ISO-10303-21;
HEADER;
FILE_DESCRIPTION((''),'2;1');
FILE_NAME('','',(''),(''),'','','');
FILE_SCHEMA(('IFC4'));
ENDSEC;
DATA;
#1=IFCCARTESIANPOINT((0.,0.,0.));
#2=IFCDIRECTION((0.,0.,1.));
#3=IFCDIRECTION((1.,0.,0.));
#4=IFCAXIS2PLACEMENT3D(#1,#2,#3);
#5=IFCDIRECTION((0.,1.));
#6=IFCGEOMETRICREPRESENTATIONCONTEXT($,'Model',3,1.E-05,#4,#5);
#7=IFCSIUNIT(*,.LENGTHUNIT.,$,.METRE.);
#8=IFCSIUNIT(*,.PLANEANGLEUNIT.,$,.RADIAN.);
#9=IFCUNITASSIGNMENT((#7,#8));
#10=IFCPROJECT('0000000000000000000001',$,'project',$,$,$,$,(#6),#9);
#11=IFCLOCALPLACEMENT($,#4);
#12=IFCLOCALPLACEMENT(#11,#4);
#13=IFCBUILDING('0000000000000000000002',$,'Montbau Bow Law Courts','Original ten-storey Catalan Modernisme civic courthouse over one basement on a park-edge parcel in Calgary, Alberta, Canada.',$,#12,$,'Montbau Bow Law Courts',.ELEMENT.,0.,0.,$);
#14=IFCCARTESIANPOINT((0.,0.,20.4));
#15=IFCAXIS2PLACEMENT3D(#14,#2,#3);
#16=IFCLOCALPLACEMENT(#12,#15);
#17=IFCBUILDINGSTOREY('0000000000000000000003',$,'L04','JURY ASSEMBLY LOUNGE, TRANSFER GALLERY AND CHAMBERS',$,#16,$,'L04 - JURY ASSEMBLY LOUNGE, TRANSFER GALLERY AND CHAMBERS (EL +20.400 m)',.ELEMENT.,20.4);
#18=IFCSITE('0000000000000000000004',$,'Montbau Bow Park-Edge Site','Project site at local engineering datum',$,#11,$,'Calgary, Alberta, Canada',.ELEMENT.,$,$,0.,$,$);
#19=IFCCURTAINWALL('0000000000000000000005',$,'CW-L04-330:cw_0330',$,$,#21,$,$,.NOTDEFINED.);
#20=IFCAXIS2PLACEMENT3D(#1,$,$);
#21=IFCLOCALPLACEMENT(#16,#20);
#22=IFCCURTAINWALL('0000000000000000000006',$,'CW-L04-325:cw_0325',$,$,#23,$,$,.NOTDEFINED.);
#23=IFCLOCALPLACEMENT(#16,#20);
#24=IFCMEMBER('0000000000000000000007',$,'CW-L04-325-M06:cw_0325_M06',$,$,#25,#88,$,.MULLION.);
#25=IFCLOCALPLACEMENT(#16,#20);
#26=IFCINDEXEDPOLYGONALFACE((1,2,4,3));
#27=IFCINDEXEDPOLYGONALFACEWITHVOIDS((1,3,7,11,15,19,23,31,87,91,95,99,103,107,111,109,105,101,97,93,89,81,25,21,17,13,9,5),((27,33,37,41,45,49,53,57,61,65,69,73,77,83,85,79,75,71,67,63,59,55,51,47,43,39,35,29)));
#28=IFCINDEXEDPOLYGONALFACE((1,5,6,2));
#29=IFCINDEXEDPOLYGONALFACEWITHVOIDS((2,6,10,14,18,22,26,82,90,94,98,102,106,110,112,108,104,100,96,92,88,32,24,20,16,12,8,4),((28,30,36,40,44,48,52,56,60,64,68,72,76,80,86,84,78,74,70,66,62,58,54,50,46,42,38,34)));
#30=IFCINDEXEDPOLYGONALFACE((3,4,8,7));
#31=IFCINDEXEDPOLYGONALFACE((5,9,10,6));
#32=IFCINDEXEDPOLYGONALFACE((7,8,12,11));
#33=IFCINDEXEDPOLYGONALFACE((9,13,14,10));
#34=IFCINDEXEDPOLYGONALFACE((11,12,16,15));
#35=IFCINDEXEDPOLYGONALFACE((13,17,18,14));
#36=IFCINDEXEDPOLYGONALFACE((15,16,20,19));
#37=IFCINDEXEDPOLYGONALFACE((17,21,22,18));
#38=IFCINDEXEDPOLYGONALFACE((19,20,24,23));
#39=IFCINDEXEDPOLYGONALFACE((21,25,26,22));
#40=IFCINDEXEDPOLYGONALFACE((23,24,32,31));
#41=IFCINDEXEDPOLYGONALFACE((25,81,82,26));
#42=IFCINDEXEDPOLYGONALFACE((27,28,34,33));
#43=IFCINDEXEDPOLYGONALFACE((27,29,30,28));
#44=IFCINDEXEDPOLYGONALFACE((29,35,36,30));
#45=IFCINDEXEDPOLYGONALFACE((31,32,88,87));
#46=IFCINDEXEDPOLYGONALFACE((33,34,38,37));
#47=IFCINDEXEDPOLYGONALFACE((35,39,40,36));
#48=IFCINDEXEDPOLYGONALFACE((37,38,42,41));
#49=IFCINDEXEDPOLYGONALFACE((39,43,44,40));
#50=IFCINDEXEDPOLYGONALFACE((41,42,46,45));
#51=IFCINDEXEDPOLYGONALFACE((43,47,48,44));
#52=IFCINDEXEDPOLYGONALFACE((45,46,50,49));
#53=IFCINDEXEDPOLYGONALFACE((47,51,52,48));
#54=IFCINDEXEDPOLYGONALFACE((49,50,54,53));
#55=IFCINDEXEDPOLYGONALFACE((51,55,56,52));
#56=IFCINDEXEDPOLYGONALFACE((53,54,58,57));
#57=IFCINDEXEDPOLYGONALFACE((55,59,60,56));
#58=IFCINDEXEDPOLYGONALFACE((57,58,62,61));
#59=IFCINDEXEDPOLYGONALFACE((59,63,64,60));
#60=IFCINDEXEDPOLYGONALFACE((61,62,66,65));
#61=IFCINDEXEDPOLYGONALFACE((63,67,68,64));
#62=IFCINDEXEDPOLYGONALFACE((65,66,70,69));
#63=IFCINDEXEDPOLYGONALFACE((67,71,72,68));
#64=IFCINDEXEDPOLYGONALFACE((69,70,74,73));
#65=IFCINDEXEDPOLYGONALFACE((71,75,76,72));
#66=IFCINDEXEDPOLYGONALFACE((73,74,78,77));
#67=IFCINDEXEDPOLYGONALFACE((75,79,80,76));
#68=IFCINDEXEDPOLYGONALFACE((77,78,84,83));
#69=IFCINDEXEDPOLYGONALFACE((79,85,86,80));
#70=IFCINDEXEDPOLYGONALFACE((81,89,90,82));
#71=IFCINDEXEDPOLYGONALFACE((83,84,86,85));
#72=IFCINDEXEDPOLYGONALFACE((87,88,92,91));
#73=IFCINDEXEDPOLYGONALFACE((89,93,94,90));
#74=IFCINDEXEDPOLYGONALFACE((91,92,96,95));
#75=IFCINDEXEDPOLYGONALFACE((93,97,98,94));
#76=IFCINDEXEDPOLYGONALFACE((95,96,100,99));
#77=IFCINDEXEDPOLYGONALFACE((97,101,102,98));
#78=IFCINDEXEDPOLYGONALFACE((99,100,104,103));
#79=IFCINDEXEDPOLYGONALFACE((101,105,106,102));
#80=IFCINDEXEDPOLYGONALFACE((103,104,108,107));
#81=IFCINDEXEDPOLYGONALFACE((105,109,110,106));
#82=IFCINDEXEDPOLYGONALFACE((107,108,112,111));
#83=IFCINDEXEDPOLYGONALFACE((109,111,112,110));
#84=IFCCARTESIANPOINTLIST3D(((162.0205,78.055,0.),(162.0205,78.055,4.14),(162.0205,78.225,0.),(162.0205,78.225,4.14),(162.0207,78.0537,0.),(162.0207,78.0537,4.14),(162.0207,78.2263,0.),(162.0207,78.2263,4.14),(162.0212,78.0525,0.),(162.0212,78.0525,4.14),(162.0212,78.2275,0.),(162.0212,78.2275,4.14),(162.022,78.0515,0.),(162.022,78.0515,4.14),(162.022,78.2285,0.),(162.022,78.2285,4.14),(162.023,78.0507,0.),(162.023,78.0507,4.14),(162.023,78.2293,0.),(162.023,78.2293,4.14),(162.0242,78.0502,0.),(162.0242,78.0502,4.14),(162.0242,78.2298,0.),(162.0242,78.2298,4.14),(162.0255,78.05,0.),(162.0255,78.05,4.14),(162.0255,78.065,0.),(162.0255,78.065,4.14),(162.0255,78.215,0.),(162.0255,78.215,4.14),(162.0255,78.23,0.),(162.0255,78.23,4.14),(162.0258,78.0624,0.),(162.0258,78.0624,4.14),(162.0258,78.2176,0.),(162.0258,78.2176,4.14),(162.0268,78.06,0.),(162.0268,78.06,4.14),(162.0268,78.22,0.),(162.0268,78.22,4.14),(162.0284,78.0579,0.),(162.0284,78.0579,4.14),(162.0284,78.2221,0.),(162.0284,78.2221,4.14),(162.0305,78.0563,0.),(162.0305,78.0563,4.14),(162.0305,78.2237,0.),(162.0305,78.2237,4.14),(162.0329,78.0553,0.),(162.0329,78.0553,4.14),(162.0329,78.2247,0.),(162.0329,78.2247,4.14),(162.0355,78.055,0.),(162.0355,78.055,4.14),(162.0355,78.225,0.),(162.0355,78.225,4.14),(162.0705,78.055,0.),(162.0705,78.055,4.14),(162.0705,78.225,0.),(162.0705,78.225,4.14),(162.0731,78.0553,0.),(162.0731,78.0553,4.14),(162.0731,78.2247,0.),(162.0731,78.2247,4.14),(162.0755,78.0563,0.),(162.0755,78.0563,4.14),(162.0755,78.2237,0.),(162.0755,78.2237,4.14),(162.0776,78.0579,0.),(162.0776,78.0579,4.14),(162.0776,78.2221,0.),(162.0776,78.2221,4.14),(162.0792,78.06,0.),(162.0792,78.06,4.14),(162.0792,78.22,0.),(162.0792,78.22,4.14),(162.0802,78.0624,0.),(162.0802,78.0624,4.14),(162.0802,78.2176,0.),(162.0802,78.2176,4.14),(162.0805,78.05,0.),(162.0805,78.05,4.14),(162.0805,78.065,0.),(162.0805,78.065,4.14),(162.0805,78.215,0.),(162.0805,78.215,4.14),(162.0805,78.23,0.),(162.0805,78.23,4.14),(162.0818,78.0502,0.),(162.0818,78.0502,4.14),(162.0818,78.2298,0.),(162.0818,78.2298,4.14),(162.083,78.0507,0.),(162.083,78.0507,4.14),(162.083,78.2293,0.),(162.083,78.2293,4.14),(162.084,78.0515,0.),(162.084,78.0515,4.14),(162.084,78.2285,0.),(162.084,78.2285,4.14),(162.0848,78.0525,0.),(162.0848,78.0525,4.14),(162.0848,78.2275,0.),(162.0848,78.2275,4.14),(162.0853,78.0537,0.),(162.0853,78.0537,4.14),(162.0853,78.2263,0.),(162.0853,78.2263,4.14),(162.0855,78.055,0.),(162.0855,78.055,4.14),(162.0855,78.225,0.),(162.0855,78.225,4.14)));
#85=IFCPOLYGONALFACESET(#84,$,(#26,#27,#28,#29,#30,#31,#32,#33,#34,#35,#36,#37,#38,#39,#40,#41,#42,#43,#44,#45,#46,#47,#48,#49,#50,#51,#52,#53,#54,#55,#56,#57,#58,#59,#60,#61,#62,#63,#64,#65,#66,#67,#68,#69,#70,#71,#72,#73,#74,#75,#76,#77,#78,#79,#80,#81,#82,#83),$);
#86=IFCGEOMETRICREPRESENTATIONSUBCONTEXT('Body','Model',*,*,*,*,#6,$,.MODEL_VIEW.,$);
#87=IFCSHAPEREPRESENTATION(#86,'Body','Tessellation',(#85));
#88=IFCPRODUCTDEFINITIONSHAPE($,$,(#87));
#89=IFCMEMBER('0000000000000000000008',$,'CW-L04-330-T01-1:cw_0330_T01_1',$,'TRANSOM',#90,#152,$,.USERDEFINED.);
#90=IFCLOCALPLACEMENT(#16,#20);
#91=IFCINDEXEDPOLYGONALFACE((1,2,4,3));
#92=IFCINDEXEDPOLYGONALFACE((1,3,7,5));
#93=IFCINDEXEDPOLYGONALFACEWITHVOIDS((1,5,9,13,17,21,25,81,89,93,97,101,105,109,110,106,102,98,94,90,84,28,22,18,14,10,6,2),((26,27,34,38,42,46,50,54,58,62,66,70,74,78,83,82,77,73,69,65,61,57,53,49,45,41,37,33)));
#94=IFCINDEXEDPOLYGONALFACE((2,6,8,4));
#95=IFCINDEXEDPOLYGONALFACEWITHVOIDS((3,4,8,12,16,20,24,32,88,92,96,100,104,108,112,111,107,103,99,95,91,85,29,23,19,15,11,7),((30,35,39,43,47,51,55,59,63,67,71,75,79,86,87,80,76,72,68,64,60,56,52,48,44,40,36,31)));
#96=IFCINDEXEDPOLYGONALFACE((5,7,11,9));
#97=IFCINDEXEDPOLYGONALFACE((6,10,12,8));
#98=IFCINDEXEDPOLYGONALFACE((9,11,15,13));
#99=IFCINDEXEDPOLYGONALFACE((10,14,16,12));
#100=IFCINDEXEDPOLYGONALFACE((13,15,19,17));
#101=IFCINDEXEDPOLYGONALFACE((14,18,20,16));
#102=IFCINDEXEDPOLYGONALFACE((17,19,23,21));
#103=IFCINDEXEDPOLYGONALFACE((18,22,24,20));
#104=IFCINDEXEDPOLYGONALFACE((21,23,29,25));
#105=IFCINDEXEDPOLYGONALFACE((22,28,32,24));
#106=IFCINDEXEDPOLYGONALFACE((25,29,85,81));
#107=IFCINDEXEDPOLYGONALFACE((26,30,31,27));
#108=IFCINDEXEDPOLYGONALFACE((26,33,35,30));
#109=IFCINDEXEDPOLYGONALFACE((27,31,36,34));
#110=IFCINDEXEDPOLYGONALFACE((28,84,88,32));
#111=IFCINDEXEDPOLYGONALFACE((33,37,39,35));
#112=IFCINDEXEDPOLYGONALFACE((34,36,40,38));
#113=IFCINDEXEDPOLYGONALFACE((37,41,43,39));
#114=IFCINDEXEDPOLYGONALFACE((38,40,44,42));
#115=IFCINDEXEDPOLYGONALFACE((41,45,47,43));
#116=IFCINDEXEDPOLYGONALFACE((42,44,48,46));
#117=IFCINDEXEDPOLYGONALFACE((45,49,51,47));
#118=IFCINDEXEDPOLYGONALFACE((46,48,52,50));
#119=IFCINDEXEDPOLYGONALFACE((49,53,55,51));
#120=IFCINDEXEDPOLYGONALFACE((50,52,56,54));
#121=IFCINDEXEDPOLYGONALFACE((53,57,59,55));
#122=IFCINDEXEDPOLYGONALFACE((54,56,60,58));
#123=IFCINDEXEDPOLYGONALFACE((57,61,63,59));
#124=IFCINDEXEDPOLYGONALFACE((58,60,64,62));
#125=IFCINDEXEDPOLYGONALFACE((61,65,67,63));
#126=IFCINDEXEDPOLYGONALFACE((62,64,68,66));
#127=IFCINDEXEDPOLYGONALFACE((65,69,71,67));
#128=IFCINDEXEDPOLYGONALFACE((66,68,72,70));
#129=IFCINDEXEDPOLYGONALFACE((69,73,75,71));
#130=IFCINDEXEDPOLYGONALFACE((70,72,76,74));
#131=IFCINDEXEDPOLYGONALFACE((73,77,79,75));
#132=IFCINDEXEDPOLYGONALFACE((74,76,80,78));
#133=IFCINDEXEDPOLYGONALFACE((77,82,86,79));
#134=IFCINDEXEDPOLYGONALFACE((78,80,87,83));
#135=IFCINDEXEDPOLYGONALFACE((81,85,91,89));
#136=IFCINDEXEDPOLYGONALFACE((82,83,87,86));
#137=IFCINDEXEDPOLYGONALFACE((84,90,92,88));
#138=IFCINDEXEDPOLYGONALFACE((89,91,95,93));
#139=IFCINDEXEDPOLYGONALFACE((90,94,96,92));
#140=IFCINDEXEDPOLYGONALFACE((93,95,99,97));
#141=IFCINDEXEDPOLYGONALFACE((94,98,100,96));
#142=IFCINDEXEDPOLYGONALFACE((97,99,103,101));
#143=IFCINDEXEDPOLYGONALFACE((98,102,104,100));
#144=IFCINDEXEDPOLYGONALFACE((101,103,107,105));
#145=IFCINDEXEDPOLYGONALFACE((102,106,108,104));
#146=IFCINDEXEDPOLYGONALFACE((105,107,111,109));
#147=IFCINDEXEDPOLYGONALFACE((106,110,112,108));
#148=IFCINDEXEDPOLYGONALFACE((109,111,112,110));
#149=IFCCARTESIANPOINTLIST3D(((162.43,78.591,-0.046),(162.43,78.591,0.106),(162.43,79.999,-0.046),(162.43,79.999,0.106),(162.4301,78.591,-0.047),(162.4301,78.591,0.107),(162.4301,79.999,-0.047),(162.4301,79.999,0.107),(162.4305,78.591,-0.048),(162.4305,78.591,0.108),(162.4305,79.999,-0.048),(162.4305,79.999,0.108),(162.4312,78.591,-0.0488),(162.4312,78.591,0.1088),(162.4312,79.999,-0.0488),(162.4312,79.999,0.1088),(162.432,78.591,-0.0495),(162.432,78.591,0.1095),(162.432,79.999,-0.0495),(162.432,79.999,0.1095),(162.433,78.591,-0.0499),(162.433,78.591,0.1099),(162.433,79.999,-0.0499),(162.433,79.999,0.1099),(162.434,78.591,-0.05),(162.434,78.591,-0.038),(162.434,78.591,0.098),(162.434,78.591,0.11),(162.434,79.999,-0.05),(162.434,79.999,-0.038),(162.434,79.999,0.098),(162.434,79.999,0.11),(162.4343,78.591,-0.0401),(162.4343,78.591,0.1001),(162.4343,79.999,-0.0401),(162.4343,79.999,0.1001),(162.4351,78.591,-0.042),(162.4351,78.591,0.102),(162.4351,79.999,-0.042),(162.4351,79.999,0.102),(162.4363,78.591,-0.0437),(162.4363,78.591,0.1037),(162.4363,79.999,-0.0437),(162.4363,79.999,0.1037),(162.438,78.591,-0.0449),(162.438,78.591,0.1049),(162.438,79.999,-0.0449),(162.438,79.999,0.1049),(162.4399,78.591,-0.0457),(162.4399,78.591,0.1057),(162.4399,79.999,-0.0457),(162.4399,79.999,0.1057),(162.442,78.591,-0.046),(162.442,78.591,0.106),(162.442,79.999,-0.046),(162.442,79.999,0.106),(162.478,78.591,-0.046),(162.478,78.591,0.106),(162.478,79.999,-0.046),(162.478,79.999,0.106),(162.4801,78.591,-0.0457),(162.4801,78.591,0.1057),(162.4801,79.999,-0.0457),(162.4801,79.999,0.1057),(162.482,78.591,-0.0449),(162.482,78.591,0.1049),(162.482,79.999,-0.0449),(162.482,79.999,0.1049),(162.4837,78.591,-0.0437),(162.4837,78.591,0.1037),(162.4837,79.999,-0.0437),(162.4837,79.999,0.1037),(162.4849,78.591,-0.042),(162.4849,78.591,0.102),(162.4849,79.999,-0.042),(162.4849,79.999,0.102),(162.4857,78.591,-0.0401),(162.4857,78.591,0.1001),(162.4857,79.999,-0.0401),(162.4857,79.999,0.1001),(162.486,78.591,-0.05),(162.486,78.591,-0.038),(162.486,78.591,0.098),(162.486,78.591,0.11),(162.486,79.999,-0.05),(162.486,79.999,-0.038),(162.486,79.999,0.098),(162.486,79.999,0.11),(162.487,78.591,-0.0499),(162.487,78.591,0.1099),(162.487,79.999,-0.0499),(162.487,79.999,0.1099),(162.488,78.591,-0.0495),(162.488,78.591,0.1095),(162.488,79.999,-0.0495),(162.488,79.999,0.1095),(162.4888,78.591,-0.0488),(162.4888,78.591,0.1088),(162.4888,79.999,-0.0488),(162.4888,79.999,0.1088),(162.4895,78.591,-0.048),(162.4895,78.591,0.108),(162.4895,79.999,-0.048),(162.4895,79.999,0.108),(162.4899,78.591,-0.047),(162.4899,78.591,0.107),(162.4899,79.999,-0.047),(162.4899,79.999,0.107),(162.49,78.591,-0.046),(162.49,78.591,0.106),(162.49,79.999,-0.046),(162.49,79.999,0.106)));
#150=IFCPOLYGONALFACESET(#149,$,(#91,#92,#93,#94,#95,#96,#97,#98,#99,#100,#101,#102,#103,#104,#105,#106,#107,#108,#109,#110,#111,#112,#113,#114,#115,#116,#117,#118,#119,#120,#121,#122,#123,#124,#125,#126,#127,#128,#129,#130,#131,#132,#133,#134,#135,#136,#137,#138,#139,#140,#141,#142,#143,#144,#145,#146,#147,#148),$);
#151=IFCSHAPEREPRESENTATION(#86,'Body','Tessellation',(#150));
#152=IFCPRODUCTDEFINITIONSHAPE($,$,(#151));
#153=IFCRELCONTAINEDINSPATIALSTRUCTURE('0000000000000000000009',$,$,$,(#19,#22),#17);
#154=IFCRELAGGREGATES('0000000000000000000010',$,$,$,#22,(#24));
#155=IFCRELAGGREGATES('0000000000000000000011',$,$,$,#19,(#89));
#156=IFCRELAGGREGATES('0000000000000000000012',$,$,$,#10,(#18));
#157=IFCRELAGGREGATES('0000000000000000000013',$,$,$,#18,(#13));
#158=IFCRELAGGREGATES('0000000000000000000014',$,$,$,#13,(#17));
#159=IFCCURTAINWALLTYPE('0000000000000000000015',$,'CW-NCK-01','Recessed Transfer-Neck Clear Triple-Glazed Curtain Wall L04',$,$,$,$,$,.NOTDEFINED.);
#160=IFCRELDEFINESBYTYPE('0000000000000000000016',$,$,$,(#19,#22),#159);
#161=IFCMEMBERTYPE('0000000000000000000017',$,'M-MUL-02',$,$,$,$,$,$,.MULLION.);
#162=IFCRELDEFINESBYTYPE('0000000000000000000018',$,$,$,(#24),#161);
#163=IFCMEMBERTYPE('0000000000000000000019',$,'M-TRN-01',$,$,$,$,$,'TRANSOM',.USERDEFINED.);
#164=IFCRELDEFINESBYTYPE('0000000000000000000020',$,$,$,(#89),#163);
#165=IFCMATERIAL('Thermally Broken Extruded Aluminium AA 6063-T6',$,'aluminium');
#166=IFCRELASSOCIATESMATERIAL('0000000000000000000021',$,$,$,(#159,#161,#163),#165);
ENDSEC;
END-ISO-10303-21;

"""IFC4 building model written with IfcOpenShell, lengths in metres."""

from ifc_helpers import new_model, si_unit, direction, frame, origin_with_axes, origin_2d_with_axis, place, context, subcontext, project, spatial, hollow_rectangle, extrude, material, material_profile, profile_set, type_object, element, aggregate, save


model = new_model("IFC4")

# Units and contexts
model_context = context("Model", 3, precision=1e-05, world=origin_with_axes(), true_north=direction((0.0, 1.0)))
body_context = subcontext(model_context, "Body", "Model", "MODEL_VIEW")
ifc_project = project(units=[si_unit("LENGTHUNIT", "METRE"), si_unit("PLANEANGLEUNIT", "RADIAN")], contexts=[model_context])

# Site, building, storey
site_placement = place(None, origin_with_axes())
site = spatial("IfcSite", under=ifc_project, at=site_placement, Name="Montbau Bow Park-Edge Site", Description="Project site at local engineering datum", LongName="Calgary, Alberta, Canada", CompositionType="ELEMENT", RefElevation=0.0)
building_placement = place(site_placement, origin_with_axes())
building = spatial("IfcBuilding", under=site, at=building_placement, Name="Montbau Bow Law Courts", Description="Original ten-storey Catalan Modernisme civic courthouse over one basement on a park-edge parcel in Calgary, Alberta, Canada.", LongName="Montbau Bow Law Courts", CompositionType="ELEMENT", ElevationOfRefHeight=0.0, ElevationOfTerrain=0.0)
storey_placement = place(building_placement, frame((0.0, 0.0, 20.4), z_axis=(0.0, 0.0, 1.0), x_axis=(1.0, 0.0, 0.0)))
storey = spatial("IfcBuildingStorey", under=building, at=storey_placement, Name="L04", Description="JURY ASSEMBLY LOUNGE, TRANSFER GALLERY AND CHAMBERS", LongName="L04 - JURY ASSEMBLY LOUNGE, TRANSFER GALLERY AND CHAMBERS (EL +20.400 m)", CompositionType="ELEMENT", Elevation=20.4)

# Curtain walls, member
ifc_material_1 = material(Name="Thermally Broken Extruded Aluminium AA 6063-T6", Category="aluminium")
curtain_wall_type = type_object("IfcCurtainWallType", Name="CW-NCK-01", Description="Recessed Transfer-Neck Clear Triple-Glazed Curtain Wall L04", PredefinedType="NOTDEFINED", material=ifc_material_1)
curtain_wall_1_placement = place(None, frame((162.46, 78.515, 20.4), z_axis=(0.0, 0.0, 1.0), x_axis=(1.0, 0.0, 0.0)))
curtain_wall_1 = element("IfcCurtainWall", 1, at=curtain_wall_1_placement, inside=storey, type_object=curtain_wall_type, Name="CW-L04-330:cw_0330", PredefinedType="NOTDEFINED")
curtain_wall_2_placement = place(None, frame((155.315, 78.14, 20.4), z_axis=(0.0, 0.0, 1.0), x_axis=(1.0, 0.0, 0.0)))
curtain_wall_2 = element("IfcCurtainWall", 2, at=curtain_wall_2_placement, inside=storey, type_object=curtain_wall_type, Name="CW-L04-325:cw_0325", PredefinedType="NOTDEFINED")
ifc_material_profile_1 = material_profile(ifc_material_1, hollow_rectangle(XDim=0.065, YDim=0.18, WallThickness=0.005, InnerFilletRadius=0.01, OuterFilletRadius=0.005, at=origin_2d_with_axis()), Name="CWM-180X65", Category="Main", Priority=0)
ifc_profile_set_1 = profile_set([ifc_material_profile_1], Name="Thermally Broken Extruded Aluminium AA 6063-T6")
member_type_1 = type_object("IfcMemberType", Name="M-MUL-02", PredefinedType="MULLION", material=ifc_profile_set_1)
member_1_placement = place(None, frame((162.053, 78.14, 20.4), z_axis=(0.0, 0.0, 1.0), x_axis=(1.0, 0.0, 0.0)))
member_1 = element("IfcMember", 3, at=member_1_placement, type_object=member_type_1, Name="CW-L04-325-M06:cw_0325_M06", PredefinedType="MULLION", context=body_context, shape_type="SweptSolid", body=[
    extrude(hollow_rectangle(XDim=0.065, YDim=0.18, WallThickness=0.005, InnerFilletRadius=0.01, OuterFilletRadius=0.005, at=origin_2d_with_axis()), origin_with_axes(), (0.0, 0.0, 1.0), 4.14),
])

# Member
ifc_material_profile_2 = material_profile(ifc_material_1, hollow_rectangle(XDim=0.06, YDim=0.16, WallThickness=0.004, InnerFilletRadius=0.008, OuterFilletRadius=0.004, at=origin_2d_with_axis()), Name="CWT-160X60", Category="Main", Priority=0)
ifc_profile_set_2 = profile_set([ifc_material_profile_2], Name="Thermally Broken Extruded Aluminium AA 6063-T6")
member_type_2 = type_object("IfcMemberType", Name="M-TRN-01", ElementType="TRANSOM", PredefinedType="USERDEFINED", material=ifc_profile_set_2)
member_2_placement = place(None, frame((162.46, 78.591, 20.43), z_axis=(0.0, 1.0, 0.0), x_axis=(-1.0, 0.0, 0.0)))
member_2 = element("IfcMember", 4, at=member_2_placement, type_object=member_type_2, Name="CW-L04-330-T01-1:cw_0330_T01_1", ObjectType="TRANSOM", PredefinedType="USERDEFINED", context=body_context, shape_type="SweptSolid", body=[
    extrude(hollow_rectangle(XDim=0.06, YDim=0.16, WallThickness=0.004, InnerFilletRadius=0.008, OuterFilletRadius=0.004, at=origin_2d_with_axis()), origin_with_axes(), (0.0, 0.0, 1.0), 1.408),
])

aggregate(curtain_wall_2, [member_1])
aggregate(curtain_wall_1, [member_2])

save(model, "model.ifc")
